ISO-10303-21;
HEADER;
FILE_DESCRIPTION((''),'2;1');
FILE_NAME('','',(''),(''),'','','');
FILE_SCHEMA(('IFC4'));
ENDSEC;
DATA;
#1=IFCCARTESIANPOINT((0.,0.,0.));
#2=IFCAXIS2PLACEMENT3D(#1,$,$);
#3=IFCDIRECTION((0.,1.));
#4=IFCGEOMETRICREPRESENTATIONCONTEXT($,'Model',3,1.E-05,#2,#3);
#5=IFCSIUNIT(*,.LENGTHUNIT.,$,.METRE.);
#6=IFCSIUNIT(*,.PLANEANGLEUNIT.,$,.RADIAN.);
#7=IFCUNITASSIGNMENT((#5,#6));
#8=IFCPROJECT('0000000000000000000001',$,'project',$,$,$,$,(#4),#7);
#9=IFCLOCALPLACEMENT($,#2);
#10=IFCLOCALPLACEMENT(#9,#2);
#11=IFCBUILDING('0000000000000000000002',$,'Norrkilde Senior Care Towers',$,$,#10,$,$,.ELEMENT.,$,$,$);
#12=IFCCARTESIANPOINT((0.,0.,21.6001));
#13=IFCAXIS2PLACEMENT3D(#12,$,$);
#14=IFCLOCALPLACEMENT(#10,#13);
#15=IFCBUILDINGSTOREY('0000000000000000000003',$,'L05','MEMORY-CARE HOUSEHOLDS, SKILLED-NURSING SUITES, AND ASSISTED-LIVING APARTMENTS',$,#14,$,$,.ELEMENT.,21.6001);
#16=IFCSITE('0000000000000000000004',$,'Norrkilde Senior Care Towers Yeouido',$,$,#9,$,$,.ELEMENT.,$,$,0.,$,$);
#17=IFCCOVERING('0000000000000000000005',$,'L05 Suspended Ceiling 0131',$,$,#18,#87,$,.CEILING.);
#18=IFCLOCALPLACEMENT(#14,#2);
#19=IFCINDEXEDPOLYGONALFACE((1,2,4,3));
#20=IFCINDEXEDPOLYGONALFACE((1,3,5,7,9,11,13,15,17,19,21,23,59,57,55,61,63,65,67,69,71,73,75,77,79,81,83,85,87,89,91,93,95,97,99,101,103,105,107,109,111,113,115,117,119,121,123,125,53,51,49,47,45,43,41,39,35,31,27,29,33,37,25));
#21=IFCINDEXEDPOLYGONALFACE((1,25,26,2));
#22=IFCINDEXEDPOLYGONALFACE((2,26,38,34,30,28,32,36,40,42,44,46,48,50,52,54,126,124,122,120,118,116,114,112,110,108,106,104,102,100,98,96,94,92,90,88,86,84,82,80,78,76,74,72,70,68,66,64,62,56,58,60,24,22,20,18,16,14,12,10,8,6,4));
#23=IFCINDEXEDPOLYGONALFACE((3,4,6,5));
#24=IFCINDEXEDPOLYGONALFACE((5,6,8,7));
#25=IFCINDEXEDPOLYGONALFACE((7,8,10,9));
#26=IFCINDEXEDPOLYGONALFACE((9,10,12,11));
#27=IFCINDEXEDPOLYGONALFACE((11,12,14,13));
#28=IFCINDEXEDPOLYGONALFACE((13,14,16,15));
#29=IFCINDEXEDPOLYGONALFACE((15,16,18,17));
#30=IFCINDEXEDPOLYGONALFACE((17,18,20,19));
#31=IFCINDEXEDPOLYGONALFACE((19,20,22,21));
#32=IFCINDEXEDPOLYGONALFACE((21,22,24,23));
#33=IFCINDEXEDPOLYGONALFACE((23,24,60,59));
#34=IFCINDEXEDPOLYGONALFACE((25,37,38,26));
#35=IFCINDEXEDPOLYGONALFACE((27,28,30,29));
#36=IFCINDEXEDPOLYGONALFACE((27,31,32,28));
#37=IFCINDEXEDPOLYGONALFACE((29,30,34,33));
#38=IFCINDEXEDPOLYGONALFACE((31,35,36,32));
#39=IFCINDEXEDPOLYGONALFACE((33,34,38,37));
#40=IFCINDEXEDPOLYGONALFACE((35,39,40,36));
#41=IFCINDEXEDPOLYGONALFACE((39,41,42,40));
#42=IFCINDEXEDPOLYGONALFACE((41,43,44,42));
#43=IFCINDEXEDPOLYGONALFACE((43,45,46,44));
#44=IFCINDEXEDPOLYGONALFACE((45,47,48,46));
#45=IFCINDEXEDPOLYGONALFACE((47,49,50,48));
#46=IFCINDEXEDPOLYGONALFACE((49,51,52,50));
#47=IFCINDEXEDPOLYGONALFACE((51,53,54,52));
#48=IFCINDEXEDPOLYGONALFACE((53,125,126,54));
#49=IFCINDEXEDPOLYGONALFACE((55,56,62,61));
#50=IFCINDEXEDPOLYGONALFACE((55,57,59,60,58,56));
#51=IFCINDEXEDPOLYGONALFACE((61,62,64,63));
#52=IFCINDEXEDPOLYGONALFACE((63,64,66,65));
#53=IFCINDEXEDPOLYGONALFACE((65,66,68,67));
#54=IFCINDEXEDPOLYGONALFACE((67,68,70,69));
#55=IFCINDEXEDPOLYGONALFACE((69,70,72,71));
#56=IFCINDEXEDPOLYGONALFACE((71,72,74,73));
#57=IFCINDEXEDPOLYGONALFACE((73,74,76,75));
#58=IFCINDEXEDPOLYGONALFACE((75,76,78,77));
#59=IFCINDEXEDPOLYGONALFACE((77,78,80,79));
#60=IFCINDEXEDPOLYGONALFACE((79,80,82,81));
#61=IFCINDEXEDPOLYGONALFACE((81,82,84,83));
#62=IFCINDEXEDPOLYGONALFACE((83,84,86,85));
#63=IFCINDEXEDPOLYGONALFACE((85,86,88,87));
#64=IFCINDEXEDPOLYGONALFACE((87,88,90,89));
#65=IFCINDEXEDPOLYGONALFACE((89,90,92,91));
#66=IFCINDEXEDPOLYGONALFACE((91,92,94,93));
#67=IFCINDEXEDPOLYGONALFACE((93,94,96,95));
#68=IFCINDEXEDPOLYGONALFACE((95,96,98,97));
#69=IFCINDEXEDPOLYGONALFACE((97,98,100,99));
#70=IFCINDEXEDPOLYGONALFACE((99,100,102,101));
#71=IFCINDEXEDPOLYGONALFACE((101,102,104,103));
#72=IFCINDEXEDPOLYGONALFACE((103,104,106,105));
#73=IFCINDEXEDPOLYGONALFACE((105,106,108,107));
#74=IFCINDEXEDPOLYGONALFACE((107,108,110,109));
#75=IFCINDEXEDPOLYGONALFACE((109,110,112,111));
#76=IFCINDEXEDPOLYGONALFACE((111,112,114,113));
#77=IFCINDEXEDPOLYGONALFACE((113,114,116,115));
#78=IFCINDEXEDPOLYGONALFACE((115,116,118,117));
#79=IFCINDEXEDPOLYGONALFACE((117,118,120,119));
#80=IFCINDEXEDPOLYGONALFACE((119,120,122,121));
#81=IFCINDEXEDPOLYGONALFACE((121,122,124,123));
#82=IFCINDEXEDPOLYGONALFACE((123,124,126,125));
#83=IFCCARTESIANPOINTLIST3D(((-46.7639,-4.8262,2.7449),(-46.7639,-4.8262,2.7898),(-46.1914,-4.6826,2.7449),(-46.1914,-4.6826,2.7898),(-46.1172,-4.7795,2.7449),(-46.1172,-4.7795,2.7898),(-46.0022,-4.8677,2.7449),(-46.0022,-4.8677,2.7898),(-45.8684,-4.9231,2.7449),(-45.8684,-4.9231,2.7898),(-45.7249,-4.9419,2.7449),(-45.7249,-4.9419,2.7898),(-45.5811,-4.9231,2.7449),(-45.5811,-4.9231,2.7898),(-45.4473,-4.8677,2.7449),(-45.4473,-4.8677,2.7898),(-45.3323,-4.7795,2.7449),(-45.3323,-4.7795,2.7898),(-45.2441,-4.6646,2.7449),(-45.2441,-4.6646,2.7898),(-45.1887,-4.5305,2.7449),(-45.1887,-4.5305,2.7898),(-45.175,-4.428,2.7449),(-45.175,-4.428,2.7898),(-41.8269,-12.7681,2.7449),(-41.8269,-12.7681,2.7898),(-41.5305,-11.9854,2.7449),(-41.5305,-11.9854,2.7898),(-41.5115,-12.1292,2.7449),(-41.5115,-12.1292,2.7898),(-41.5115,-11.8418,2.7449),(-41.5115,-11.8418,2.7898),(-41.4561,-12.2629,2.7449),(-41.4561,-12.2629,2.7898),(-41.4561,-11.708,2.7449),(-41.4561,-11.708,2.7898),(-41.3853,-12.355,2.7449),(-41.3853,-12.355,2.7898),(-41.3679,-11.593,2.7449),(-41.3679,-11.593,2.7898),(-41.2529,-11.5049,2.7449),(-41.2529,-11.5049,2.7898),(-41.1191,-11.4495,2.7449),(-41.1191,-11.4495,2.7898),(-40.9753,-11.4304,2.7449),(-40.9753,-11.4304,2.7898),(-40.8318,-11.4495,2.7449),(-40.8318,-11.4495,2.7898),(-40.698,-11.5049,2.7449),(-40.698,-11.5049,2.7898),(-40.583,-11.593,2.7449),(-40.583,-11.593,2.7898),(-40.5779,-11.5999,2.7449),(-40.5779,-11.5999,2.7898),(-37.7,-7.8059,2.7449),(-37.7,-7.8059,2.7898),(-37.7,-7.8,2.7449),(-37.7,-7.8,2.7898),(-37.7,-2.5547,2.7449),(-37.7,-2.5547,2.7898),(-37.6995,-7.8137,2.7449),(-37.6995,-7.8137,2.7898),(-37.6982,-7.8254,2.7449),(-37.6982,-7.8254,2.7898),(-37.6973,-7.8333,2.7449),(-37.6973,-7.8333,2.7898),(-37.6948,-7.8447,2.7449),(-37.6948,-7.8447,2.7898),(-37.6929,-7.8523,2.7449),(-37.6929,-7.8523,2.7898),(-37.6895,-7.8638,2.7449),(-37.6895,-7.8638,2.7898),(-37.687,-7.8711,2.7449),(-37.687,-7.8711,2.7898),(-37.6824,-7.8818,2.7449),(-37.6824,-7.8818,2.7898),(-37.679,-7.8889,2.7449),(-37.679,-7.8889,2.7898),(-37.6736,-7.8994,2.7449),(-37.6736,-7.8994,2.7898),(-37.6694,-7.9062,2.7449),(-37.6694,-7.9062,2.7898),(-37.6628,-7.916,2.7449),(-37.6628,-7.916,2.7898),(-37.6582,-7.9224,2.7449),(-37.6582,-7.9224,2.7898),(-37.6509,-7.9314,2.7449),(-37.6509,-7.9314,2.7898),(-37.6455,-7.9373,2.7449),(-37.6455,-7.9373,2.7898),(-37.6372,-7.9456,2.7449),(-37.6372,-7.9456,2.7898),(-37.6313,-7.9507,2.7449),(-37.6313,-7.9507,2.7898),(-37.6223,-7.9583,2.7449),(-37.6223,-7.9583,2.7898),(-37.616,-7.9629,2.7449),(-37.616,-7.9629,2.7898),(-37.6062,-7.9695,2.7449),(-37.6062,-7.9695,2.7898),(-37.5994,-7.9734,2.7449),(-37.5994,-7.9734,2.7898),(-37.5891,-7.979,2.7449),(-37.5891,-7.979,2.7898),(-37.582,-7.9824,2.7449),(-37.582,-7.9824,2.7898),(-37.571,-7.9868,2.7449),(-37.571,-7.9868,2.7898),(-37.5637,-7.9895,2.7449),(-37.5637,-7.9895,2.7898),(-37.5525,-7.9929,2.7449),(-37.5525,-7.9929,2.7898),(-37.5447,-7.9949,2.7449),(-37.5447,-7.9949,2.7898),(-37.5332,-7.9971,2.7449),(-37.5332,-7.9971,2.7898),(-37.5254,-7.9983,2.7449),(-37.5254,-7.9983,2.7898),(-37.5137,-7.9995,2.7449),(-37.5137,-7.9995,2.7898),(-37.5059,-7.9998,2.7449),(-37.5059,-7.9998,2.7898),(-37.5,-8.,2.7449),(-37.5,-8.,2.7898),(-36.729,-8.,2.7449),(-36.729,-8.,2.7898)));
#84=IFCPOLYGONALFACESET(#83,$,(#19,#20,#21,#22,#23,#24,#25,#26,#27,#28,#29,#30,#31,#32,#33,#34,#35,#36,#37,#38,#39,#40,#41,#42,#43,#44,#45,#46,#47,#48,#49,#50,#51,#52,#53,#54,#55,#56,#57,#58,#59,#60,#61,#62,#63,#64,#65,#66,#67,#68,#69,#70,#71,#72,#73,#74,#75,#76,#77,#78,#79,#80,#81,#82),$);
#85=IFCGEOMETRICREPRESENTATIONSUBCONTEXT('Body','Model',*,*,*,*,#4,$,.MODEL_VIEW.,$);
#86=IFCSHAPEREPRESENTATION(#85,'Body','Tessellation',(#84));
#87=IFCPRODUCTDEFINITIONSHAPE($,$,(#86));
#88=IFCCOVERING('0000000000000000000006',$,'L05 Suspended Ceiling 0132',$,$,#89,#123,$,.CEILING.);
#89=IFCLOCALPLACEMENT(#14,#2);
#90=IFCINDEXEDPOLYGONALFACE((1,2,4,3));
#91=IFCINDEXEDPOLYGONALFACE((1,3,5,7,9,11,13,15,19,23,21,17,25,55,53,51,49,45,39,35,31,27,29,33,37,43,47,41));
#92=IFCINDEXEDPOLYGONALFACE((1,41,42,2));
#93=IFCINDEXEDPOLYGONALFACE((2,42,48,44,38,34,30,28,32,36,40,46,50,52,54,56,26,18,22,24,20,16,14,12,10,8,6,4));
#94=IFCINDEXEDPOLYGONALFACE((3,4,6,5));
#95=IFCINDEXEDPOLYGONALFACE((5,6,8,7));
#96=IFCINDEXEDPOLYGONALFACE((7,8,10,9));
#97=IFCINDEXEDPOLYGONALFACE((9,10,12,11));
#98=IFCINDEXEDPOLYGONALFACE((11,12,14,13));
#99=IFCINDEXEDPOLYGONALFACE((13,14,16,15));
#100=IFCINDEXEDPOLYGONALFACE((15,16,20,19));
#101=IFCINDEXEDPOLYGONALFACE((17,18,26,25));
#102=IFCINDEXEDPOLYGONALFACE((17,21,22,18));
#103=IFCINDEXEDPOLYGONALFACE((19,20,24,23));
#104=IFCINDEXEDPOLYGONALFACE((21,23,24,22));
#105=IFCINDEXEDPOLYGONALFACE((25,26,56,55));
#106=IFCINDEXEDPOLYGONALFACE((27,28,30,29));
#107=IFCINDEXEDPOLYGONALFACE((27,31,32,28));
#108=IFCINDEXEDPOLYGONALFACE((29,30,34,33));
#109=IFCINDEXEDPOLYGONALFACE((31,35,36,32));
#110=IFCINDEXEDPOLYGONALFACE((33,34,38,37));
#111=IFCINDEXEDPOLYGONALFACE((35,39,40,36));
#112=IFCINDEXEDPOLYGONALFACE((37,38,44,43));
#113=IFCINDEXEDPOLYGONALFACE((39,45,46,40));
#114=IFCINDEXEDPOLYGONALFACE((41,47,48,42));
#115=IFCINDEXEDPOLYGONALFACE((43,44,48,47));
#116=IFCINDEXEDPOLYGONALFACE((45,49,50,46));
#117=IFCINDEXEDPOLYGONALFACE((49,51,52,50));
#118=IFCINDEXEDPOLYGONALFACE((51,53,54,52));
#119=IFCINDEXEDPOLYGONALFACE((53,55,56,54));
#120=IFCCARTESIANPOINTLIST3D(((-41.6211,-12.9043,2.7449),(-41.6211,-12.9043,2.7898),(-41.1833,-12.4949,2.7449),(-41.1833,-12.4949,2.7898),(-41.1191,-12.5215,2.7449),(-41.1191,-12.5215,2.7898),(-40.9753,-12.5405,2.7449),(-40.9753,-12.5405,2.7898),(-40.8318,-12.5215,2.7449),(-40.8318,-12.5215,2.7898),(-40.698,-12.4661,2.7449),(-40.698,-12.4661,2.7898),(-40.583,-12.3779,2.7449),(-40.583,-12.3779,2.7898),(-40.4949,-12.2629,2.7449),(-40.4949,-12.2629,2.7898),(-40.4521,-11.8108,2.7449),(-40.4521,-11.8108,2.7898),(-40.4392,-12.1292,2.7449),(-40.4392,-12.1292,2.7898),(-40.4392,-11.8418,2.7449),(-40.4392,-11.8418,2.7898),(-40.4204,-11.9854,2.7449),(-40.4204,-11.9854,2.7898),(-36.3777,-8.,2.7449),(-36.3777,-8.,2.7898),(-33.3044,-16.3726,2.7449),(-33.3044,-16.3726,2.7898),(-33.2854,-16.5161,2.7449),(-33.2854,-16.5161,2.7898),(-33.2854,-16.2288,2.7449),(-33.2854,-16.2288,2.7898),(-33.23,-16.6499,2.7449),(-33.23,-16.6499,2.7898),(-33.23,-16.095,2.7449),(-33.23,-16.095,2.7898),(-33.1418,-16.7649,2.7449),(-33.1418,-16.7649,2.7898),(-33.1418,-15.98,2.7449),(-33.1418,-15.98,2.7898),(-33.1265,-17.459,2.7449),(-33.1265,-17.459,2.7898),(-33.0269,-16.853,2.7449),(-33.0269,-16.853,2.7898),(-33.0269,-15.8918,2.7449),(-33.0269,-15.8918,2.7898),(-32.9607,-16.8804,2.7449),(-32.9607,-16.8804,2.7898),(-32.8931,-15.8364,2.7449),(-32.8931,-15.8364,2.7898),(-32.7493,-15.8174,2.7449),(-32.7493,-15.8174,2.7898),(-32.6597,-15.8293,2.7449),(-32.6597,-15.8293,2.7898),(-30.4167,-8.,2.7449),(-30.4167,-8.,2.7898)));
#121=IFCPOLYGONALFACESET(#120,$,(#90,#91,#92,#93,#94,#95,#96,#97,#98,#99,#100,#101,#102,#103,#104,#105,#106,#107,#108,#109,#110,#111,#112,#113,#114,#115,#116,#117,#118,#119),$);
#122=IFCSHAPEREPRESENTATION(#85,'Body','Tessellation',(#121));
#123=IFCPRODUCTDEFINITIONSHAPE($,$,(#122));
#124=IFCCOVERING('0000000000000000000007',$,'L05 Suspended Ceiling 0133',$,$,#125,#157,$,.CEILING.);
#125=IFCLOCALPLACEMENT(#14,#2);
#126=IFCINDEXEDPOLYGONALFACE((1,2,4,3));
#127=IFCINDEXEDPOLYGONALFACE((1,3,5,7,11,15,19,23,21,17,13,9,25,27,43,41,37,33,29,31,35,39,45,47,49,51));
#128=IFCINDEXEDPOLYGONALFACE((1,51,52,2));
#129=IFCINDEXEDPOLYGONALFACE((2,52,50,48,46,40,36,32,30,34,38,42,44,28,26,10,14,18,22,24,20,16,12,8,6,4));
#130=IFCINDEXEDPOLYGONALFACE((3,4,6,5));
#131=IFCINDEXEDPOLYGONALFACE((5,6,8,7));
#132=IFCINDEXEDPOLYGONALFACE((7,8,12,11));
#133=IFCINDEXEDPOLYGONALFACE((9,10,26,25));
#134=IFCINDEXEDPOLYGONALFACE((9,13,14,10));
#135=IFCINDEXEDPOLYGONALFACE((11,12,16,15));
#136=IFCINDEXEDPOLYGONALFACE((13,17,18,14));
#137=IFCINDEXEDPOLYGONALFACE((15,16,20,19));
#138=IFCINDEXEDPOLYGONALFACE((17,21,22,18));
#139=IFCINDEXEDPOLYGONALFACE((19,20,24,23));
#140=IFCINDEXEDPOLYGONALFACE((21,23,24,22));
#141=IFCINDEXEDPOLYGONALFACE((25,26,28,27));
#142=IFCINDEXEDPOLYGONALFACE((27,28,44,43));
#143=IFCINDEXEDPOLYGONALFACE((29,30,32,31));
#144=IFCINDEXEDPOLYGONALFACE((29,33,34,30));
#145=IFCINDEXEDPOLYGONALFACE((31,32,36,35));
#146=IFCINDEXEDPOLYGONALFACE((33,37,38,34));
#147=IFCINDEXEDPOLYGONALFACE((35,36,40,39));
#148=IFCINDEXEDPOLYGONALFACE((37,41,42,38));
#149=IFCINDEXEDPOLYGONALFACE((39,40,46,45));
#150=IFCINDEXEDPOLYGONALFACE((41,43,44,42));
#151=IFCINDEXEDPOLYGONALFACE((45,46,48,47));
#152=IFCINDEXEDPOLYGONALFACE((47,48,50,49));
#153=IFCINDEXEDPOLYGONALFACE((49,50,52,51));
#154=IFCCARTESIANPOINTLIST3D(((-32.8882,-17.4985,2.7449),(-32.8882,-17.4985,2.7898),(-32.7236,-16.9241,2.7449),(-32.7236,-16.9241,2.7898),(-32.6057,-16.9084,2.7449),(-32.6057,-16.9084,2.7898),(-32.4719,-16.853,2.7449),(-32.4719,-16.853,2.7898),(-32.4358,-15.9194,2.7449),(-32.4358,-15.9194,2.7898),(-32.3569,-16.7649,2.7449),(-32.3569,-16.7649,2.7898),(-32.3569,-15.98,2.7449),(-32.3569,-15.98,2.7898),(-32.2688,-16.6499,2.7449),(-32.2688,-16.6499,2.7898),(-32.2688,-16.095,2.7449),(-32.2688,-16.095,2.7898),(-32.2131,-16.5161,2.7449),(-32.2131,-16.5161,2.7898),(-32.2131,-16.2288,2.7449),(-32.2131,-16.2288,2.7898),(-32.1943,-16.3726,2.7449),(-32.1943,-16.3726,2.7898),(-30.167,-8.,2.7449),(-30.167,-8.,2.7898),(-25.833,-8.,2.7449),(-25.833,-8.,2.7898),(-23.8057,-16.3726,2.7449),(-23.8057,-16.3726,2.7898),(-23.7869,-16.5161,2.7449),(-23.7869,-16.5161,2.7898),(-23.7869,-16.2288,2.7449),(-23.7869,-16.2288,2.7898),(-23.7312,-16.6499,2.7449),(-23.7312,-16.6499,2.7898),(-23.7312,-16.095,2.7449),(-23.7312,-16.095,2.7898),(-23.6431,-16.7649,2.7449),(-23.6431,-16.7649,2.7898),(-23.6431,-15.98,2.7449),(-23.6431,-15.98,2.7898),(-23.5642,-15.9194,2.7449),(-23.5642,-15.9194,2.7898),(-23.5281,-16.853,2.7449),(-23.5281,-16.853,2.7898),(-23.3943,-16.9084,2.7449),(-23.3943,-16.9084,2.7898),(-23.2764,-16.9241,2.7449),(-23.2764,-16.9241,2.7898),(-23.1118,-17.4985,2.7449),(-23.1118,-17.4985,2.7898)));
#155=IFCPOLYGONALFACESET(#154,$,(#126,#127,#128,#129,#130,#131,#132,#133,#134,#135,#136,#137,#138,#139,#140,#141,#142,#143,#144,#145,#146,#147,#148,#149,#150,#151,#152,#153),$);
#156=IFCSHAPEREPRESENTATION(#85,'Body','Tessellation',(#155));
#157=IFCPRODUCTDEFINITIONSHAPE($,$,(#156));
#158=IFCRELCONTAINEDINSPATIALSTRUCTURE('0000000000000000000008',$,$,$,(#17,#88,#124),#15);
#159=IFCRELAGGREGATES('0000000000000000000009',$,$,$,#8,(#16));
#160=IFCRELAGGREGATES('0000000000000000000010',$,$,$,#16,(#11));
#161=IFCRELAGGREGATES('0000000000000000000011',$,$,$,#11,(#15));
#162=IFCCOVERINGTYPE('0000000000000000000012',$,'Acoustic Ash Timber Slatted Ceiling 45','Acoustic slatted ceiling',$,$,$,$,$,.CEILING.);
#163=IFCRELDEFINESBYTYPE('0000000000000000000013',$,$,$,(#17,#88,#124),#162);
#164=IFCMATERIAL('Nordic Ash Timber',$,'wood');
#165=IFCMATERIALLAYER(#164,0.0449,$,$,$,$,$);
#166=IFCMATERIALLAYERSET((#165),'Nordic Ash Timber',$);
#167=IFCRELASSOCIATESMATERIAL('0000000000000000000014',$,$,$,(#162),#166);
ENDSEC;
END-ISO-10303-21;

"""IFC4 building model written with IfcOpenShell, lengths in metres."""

from ifc_helpers import new_model, si_unit, direction, frame, origin, place, context, subcontext, project, spatial, polyline, outline, extrude, material, layer, layer_set, type_object, element, save


model = new_model("IFC4")

# Units and contexts
model_context = context("Model", 3, precision=1e-05, world=origin(), true_north=direction((0.0, 1.0)))
body_context = subcontext(model_context, "Body", "Model", "MODEL_VIEW")
ifc_project = project(units=[si_unit("LENGTHUNIT", "METRE"), si_unit("PLANEANGLEUNIT", "RADIAN")], contexts=[model_context])

# Site, building, storey
site_placement = place(None, origin())
site = spatial("IfcSite", under=ifc_project, at=site_placement, Name="Norrkilde Senior Care Towers Yeouido", CompositionType="ELEMENT", RefElevation=0.0)
building_placement = place(site_placement, origin())
building = spatial("IfcBuilding", under=site, at=building_placement, Name="Norrkilde Senior Care Towers", CompositionType="ELEMENT")
storey_placement = place(building_placement, frame((0.0, 0.0, 21.6001)))
storey = spatial("IfcBuildingStorey", under=building, at=storey_placement, Name="L05", Description="MEMORY-CARE HOUSEHOLDS, SKILLED-NURSING SUITES, AND ASSISTED-LIVING APARTMENTS", CompositionType="ELEMENT", Elevation=21.6001)

# Coverings
ifc_material_1 = material(Name="Nordic Ash Timber", Category="wood")
ifc_layer_1 = layer(ifc_material_1, 0.0449)
ifc_layer_set_1 = layer_set([ifc_layer_1], Name="Nordic Ash Timber")
covering_type_1 = type_object("IfcCoveringType", Name="Acoustic Ash Timber Slatted Ceiling 45", Description="Acoustic slatted ceiling", PredefinedType="CEILING", material=ifc_layer_set_1)
covering_1_placement = place(storey_placement, frame((0.0, 0.0, 2.7449)))
element("IfcCovering", 1, at=covering_1_placement, inside=storey, type_object=covering_type_1, Name="L05 Suspended Ceiling 0131", PredefinedType="CEILING", context=body_context, shape_type="SweptSolid", body=[
    extrude(outline(polyline([(-37.6973, -7.8333), (-37.6948, -7.8447), (-37.6929, -7.8523), (-37.6895, -7.8638), (-37.687, -7.8711), (-37.6824, -7.8818), (-37.679, -7.8889), (-37.6736, -7.8994), (-37.6694, -7.9062), (-37.6628, -7.916), (-37.6582, -7.9224), (-37.6509, -7.9314), (-37.6455, -7.9373), (-37.6372, -7.9456), (-37.6313, -7.9507), (-37.6223, -7.9583), (-37.616, -7.9629), (-37.6062, -7.9695), (-37.5994, -7.9734), (-37.5891, -7.979), (-37.582, -7.9824), (-37.571, -7.9868), (-37.5637, -7.9895), (-37.5525, -7.9929), (-37.5447, -7.9949), (-37.5332, -7.9971), (-37.5254, -7.9983), (-37.5137, -7.9995), (-37.5059, -7.9998), (-37.5, -8.0), (-36.729, -8.0), (-40.5779, -11.5999), (-40.583, -11.593), (-40.698, -11.5049), (-40.8318, -11.4495), (-40.9753, -11.4304), (-41.1191, -11.4495), (-41.2529, -11.5049), (-41.3679, -11.593), (-41.4561, -11.708), (-41.5115, -11.8418), (-41.5305, -11.9854), (-41.5115, -12.1292), (-41.4561, -12.2629), (-41.3853, -12.355), (-41.8269, -12.7681), (-46.7639, -4.8262), (-46.1914, -4.6826), (-46.1172, -4.7795), (-46.0022, -4.8677), (-45.8684, -4.9231), (-45.7249, -4.9419), (-45.5811, -4.9231), (-45.4473, -4.8677), (-45.3323, -4.7795), (-45.2441, -4.6646), (-45.1887, -4.5305), (-45.175, -4.428), (-37.7, -2.5547), (-37.7, -7.8), (-37.7, -7.8059), (-37.6995, -7.8137), (-37.6982, -7.8254), (-37.6973, -7.8333)])), origin(), (0.0, 0.0, 1.0), 0.0449),
])
covering_2_placement = place(storey_placement, frame((0.0, 0.0, 2.7449)))
element("IfcCovering", 2, at=covering_2_placement, inside=storey, type_object=covering_type_1, Name="L05 Suspended Ceiling 0132", PredefinedType="CEILING", context=body_context, shape_type="SweptSolid", body=[
    extrude(outline(polyline([(-41.6211, -12.9043), (-41.1833, -12.4949), (-41.1191, -12.5215), (-40.9753, -12.5405), (-40.8318, -12.5215), (-40.698, -12.4661), (-40.583, -12.3779), (-40.4949, -12.2629), (-40.4392, -12.1292), (-40.4204, -11.9854), (-40.4392, -11.8418), (-40.4521, -11.8108), (-36.3777, -8.0), (-30.4167, -8.0), (-32.6597, -15.8293), (-32.7493, -15.8174), (-32.8931, -15.8364), (-33.0269, -15.8918), (-33.1418, -15.98), (-33.23, -16.095), (-33.2854, -16.2288), (-33.3044, -16.3726), (-33.2854, -16.5161), (-33.23, -16.6499), (-33.1418, -16.7649), (-33.0269, -16.853), (-32.9607, -16.8804), (-33.1265, -17.459), (-41.6211, -12.9043)])), origin(), (0.0, 0.0, 1.0), 0.0449),
])
covering_3_placement = place(storey_placement, frame((0.0, 0.0, 2.7449)))
element("IfcCovering", 3, at=covering_3_placement, inside=storey, type_object=covering_type_1, Name="L05 Suspended Ceiling 0133", PredefinedType="CEILING", context=body_context, shape_type="SweptSolid", body=[
    extrude(outline(polyline([(-32.8882, -17.4985), (-32.7236, -16.9241), (-32.6057, -16.9084), (-32.4719, -16.853), (-32.3569, -16.7649), (-32.2688, -16.6499), (-32.2131, -16.5161), (-32.1943, -16.3726), (-32.2131, -16.2288), (-32.2688, -16.095), (-32.3569, -15.98), (-32.4358, -15.9194), (-30.167, -8.0), (-25.833, -8.0), (-23.5642, -15.9194), (-23.6431, -15.98), (-23.7312, -16.095), (-23.7869, -16.2288), (-23.8057, -16.3726), (-23.7869, -16.5161), (-23.7312, -16.6499), (-23.6431, -16.7649), (-23.5281, -16.853), (-23.3943, -16.9084), (-23.2764, -16.9241), (-23.1118, -17.4985), (-32.8882, -17.4985)])), origin(), (0.0, 0.0, 1.0), 0.0449),
])

save(model, "model.ifc")
